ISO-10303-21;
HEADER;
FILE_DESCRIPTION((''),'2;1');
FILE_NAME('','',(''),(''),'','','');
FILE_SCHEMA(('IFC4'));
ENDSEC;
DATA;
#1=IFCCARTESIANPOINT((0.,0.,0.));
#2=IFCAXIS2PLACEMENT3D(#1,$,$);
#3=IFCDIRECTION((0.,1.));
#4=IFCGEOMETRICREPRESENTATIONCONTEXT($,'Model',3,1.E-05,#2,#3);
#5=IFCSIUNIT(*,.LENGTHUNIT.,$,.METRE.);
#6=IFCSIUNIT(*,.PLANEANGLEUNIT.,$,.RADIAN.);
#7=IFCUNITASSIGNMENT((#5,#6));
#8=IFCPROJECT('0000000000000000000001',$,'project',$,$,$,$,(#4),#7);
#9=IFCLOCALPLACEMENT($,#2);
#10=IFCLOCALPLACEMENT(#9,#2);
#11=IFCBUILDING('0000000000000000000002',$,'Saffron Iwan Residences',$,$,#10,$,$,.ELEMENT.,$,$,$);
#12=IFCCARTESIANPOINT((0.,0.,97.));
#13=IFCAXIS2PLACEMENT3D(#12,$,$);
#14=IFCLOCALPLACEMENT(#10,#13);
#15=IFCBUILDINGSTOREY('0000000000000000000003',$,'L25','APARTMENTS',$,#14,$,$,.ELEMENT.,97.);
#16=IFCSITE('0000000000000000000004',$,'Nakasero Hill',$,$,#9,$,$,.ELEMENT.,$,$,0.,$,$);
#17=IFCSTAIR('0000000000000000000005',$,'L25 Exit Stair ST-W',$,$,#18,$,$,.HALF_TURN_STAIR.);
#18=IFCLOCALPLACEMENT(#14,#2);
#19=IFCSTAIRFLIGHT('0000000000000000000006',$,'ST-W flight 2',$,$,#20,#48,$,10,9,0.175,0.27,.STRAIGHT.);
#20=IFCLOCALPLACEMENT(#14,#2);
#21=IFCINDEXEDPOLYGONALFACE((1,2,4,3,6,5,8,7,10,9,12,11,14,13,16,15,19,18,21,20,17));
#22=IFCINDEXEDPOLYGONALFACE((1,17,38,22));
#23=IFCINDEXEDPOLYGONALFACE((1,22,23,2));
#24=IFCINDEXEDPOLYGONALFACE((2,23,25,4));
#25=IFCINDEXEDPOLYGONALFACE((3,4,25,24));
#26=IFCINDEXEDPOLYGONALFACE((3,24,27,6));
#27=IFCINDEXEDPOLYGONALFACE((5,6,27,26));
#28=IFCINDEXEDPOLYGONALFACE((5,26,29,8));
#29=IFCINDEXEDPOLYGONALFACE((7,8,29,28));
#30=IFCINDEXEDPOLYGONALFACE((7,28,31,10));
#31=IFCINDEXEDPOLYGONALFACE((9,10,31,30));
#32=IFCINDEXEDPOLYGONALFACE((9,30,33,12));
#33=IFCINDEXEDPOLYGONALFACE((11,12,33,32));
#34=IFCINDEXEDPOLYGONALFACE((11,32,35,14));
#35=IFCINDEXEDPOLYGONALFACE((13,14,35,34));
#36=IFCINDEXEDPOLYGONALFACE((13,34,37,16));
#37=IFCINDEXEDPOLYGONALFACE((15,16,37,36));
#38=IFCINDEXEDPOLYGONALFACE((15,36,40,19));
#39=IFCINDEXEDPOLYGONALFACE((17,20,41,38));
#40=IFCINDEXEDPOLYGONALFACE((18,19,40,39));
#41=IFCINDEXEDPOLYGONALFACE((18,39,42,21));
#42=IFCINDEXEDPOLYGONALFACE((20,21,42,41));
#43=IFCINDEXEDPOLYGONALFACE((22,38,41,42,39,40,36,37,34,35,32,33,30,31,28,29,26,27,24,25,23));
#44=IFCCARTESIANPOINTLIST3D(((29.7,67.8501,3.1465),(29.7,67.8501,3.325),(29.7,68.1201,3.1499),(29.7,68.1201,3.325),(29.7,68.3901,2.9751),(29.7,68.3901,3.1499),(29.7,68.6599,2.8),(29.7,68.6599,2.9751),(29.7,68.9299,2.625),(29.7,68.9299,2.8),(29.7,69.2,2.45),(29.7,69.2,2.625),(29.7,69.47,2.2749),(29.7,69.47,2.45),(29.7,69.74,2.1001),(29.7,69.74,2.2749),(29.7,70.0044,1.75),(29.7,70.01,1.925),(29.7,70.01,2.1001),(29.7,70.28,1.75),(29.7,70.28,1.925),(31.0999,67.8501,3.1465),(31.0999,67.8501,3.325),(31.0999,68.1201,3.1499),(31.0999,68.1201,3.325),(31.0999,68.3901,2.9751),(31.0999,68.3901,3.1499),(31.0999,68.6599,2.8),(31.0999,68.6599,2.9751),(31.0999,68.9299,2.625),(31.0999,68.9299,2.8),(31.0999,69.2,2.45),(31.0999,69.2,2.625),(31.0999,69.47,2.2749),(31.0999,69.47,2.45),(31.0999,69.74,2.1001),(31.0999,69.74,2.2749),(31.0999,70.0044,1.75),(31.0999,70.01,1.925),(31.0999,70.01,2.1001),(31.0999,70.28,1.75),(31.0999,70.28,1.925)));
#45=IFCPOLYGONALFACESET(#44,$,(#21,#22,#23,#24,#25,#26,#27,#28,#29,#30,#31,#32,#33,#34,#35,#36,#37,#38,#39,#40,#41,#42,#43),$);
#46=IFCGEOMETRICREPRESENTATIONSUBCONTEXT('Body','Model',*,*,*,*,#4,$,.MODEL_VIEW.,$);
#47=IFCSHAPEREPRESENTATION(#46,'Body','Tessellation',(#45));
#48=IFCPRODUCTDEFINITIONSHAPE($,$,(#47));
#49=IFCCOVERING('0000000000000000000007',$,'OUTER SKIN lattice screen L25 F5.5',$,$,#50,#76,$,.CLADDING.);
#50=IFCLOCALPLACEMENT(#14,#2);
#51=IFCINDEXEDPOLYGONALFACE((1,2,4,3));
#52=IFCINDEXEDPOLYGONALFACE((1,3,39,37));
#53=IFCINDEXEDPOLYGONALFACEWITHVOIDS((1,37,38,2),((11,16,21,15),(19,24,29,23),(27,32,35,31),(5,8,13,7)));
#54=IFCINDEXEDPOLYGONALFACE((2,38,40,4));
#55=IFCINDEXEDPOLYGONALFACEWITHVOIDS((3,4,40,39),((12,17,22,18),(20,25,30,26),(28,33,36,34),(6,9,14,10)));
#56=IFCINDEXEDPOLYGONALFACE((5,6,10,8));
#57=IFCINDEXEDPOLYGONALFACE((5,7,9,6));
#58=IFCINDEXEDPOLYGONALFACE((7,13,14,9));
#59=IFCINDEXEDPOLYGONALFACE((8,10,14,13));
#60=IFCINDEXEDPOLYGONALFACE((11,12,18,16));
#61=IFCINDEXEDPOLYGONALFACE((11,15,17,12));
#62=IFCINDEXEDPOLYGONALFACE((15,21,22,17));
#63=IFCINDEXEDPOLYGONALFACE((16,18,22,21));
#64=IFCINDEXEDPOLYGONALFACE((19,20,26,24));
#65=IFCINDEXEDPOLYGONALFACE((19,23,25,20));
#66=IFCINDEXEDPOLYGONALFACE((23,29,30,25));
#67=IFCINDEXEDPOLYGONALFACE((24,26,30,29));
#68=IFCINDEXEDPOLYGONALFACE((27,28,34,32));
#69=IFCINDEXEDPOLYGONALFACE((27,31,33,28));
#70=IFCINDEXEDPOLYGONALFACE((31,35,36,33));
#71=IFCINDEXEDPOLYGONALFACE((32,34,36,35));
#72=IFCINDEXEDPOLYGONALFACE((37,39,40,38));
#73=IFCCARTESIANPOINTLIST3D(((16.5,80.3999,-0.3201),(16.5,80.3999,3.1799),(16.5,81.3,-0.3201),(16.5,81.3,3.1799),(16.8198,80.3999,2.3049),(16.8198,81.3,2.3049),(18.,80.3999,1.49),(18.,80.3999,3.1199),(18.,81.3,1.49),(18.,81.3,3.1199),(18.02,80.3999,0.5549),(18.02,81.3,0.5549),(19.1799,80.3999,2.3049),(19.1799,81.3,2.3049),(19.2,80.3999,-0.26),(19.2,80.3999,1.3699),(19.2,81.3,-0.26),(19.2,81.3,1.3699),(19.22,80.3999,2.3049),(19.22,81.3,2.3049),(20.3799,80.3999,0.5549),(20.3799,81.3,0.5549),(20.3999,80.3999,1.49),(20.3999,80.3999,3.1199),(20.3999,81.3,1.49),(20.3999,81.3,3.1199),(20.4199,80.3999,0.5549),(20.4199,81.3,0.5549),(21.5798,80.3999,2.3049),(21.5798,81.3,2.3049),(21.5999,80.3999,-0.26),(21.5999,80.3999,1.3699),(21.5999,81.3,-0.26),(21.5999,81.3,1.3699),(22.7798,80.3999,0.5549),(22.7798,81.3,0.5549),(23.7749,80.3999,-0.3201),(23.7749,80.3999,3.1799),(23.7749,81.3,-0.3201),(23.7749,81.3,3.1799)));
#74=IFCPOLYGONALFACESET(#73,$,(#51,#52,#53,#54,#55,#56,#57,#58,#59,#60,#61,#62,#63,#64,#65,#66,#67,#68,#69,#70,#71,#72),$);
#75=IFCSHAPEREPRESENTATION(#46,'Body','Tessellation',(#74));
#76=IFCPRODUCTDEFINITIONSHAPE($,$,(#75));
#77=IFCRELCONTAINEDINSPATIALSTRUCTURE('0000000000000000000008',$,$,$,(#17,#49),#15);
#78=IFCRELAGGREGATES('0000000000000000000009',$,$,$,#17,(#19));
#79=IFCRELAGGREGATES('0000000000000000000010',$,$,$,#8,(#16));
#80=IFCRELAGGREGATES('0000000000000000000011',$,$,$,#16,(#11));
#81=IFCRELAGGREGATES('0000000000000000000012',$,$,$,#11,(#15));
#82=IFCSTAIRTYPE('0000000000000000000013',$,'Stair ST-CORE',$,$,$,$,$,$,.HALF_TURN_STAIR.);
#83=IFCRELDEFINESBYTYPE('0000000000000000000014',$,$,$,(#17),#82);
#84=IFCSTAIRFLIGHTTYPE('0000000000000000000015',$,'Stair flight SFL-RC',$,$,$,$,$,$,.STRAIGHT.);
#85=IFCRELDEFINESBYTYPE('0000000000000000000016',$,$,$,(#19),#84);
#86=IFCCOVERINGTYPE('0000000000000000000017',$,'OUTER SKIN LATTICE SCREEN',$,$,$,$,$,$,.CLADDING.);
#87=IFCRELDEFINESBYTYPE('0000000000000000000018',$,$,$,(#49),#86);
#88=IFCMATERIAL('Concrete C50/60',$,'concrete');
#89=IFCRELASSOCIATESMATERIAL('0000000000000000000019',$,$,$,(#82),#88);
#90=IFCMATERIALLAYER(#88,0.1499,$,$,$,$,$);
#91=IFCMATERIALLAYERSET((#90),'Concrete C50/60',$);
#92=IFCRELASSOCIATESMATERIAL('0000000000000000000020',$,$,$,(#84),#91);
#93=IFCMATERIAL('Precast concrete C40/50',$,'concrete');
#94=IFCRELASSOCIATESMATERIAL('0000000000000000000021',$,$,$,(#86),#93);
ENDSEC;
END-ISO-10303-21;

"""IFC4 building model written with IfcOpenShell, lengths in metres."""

from ifc_helpers import new_model, si_unit, direction, frame, origin, place, context, subcontext, project, spatial, polyline, outline, extrude, material, layer, layer_set, type_object, element, aggregate, save


model = new_model("IFC4")

# Units and contexts
model_context = context("Model", 3, precision=1e-05, world=origin(), true_north=direction((0.0, 1.0)))
body_context = subcontext(model_context, "Body", "Model", "MODEL_VIEW")
ifc_project = project(units=[si_unit("LENGTHUNIT", "METRE"), si_unit("PLANEANGLEUNIT", "RADIAN")], contexts=[model_context])

# Site, building, storey
site_placement = place(None, origin())
site = spatial("IfcSite", under=ifc_project, at=site_placement, Name="Nakasero Hill", CompositionType="ELEMENT", RefElevation=0.0)
building_placement = place(site_placement, origin())
building = spatial("IfcBuilding", under=site, at=building_placement, Name="Saffron Iwan Residences", CompositionType="ELEMENT")
storey_placement = place(building_placement, frame((0.0, 0.0, 97.0)))
storey = spatial("IfcBuildingStorey", under=building, at=storey_placement, Name="L25", Description="APARTMENTS", CompositionType="ELEMENT", Elevation=97.0)

# Stair, stair flight
ifc_material_1 = material(Name="Concrete C50/60", Category="concrete")
stair_type = type_object("IfcStairType", Name="Stair ST-CORE", PredefinedType="HALF_TURN_STAIR", material=ifc_material_1)
stair_placement = place(storey_placement, origin())
stair = element("IfcStair", 1, at=stair_placement, inside=storey, type_object=stair_type, Name="L25 Exit Stair ST-W", PredefinedType="HALF_TURN_STAIR")
ifc_layer_1 = layer(ifc_material_1, 0.1499)
ifc_layer_set_1 = layer_set([ifc_layer_1], Name="Concrete C50/60")
stair_flight_type = type_object("IfcStairFlightType", Name="Stair flight SFL-RC", PredefinedType="STRAIGHT", material=ifc_layer_set_1)
stair_flight_placement = place(storey_placement, frame((30.3999, 70.28, 1.75), z_axis=(0.0, 0.0, 1.0), x_axis=(0.0, -1.0, 0.0)))
stair_flight = element("IfcStairFlight", 2, at=stair_flight_placement, type_object=stair_flight_type, Name="ST-W flight 2", NumberOfRisers=10, NumberOfTreads=9, PredefinedType="STRAIGHT", RiserHeight=0.175, TreadLength=0.27, context=body_context, shape_type="SweptSolid", body=[
    extrude(outline(polyline([(0.0, 0.0), (0.0, 0.175), (0.27, 0.175), (0.27, 0.3501), (0.54, 0.3501), (0.54, 0.5249), (0.8101, 0.5249), (0.8101, 0.7), (1.0801, 0.7), (1.0801, 0.875), (1.3501, 0.875), (1.3501, 1.05), (1.6201, 1.05), (1.6201, 1.2251), (1.8899, 1.2251), (1.8899, 1.3999), (2.1599, 1.3999), (2.1599, 1.575), (2.4299, 1.575), (2.4299, 1.75), (2.4299, 1.3965), (0.2756, 0.0), (0.0, 0.0)])), frame((0.0, 0.7, 0.0), z_axis=(0.0, -1.0, 0.0), x_axis=(1.0, 0.0, 0.0)), (0.0, 0.0, 1.0), 1.3999),
])
aggregate(stair, [stair_flight])

# Covering
ifc_material_2 = material(Name="Precast concrete C40/50", Category="concrete")
covering_type = type_object("IfcCoveringType", Name="OUTER SKIN LATTICE SCREEN", PredefinedType="CLADDING", material=ifc_material_2)
covering_placement = place(storey_placement, frame((23.7749, 80.3999, -0.3201), z_axis=(0.0, 1.0, 0.0), x_axis=(-1.0, 0.0, 0.0)))
element("IfcCovering", 3, at=covering_placement, inside=storey, type_object=covering_type, Name="OUTER SKIN lattice screen L25 F5.5", PredefinedType="CLADDING", context=body_context, shape_type="SweptSolid", body=[
    extrude(outline(polyline([(0.0, 0.0), (7.2749, 0.0), (7.2749, 3.5), (0.0, 3.5), (0.0, 0.0)]), holes=[polyline([(0.9951, 0.875), (2.175, 0.0601), (3.355, 0.875), (2.175, 1.6899), (0.9951, 0.875)]), polyline([(3.395, 0.875), (4.575, 0.0601), (5.7549, 0.875), (4.575, 1.6899), (3.395, 0.875)]), polyline([(2.1951, 2.625), (3.375, 1.8101), (4.5549, 2.625), (3.375, 3.4399), (2.1951, 2.625)]), polyline([(4.595, 2.625), (5.7749, 1.8101), (6.9551, 2.625), (5.7749, 3.4399), (4.595, 2.625)])]), origin(), (0.0, 0.0, 1.0), 0.9001),
])

save(model, "model.ifc")
